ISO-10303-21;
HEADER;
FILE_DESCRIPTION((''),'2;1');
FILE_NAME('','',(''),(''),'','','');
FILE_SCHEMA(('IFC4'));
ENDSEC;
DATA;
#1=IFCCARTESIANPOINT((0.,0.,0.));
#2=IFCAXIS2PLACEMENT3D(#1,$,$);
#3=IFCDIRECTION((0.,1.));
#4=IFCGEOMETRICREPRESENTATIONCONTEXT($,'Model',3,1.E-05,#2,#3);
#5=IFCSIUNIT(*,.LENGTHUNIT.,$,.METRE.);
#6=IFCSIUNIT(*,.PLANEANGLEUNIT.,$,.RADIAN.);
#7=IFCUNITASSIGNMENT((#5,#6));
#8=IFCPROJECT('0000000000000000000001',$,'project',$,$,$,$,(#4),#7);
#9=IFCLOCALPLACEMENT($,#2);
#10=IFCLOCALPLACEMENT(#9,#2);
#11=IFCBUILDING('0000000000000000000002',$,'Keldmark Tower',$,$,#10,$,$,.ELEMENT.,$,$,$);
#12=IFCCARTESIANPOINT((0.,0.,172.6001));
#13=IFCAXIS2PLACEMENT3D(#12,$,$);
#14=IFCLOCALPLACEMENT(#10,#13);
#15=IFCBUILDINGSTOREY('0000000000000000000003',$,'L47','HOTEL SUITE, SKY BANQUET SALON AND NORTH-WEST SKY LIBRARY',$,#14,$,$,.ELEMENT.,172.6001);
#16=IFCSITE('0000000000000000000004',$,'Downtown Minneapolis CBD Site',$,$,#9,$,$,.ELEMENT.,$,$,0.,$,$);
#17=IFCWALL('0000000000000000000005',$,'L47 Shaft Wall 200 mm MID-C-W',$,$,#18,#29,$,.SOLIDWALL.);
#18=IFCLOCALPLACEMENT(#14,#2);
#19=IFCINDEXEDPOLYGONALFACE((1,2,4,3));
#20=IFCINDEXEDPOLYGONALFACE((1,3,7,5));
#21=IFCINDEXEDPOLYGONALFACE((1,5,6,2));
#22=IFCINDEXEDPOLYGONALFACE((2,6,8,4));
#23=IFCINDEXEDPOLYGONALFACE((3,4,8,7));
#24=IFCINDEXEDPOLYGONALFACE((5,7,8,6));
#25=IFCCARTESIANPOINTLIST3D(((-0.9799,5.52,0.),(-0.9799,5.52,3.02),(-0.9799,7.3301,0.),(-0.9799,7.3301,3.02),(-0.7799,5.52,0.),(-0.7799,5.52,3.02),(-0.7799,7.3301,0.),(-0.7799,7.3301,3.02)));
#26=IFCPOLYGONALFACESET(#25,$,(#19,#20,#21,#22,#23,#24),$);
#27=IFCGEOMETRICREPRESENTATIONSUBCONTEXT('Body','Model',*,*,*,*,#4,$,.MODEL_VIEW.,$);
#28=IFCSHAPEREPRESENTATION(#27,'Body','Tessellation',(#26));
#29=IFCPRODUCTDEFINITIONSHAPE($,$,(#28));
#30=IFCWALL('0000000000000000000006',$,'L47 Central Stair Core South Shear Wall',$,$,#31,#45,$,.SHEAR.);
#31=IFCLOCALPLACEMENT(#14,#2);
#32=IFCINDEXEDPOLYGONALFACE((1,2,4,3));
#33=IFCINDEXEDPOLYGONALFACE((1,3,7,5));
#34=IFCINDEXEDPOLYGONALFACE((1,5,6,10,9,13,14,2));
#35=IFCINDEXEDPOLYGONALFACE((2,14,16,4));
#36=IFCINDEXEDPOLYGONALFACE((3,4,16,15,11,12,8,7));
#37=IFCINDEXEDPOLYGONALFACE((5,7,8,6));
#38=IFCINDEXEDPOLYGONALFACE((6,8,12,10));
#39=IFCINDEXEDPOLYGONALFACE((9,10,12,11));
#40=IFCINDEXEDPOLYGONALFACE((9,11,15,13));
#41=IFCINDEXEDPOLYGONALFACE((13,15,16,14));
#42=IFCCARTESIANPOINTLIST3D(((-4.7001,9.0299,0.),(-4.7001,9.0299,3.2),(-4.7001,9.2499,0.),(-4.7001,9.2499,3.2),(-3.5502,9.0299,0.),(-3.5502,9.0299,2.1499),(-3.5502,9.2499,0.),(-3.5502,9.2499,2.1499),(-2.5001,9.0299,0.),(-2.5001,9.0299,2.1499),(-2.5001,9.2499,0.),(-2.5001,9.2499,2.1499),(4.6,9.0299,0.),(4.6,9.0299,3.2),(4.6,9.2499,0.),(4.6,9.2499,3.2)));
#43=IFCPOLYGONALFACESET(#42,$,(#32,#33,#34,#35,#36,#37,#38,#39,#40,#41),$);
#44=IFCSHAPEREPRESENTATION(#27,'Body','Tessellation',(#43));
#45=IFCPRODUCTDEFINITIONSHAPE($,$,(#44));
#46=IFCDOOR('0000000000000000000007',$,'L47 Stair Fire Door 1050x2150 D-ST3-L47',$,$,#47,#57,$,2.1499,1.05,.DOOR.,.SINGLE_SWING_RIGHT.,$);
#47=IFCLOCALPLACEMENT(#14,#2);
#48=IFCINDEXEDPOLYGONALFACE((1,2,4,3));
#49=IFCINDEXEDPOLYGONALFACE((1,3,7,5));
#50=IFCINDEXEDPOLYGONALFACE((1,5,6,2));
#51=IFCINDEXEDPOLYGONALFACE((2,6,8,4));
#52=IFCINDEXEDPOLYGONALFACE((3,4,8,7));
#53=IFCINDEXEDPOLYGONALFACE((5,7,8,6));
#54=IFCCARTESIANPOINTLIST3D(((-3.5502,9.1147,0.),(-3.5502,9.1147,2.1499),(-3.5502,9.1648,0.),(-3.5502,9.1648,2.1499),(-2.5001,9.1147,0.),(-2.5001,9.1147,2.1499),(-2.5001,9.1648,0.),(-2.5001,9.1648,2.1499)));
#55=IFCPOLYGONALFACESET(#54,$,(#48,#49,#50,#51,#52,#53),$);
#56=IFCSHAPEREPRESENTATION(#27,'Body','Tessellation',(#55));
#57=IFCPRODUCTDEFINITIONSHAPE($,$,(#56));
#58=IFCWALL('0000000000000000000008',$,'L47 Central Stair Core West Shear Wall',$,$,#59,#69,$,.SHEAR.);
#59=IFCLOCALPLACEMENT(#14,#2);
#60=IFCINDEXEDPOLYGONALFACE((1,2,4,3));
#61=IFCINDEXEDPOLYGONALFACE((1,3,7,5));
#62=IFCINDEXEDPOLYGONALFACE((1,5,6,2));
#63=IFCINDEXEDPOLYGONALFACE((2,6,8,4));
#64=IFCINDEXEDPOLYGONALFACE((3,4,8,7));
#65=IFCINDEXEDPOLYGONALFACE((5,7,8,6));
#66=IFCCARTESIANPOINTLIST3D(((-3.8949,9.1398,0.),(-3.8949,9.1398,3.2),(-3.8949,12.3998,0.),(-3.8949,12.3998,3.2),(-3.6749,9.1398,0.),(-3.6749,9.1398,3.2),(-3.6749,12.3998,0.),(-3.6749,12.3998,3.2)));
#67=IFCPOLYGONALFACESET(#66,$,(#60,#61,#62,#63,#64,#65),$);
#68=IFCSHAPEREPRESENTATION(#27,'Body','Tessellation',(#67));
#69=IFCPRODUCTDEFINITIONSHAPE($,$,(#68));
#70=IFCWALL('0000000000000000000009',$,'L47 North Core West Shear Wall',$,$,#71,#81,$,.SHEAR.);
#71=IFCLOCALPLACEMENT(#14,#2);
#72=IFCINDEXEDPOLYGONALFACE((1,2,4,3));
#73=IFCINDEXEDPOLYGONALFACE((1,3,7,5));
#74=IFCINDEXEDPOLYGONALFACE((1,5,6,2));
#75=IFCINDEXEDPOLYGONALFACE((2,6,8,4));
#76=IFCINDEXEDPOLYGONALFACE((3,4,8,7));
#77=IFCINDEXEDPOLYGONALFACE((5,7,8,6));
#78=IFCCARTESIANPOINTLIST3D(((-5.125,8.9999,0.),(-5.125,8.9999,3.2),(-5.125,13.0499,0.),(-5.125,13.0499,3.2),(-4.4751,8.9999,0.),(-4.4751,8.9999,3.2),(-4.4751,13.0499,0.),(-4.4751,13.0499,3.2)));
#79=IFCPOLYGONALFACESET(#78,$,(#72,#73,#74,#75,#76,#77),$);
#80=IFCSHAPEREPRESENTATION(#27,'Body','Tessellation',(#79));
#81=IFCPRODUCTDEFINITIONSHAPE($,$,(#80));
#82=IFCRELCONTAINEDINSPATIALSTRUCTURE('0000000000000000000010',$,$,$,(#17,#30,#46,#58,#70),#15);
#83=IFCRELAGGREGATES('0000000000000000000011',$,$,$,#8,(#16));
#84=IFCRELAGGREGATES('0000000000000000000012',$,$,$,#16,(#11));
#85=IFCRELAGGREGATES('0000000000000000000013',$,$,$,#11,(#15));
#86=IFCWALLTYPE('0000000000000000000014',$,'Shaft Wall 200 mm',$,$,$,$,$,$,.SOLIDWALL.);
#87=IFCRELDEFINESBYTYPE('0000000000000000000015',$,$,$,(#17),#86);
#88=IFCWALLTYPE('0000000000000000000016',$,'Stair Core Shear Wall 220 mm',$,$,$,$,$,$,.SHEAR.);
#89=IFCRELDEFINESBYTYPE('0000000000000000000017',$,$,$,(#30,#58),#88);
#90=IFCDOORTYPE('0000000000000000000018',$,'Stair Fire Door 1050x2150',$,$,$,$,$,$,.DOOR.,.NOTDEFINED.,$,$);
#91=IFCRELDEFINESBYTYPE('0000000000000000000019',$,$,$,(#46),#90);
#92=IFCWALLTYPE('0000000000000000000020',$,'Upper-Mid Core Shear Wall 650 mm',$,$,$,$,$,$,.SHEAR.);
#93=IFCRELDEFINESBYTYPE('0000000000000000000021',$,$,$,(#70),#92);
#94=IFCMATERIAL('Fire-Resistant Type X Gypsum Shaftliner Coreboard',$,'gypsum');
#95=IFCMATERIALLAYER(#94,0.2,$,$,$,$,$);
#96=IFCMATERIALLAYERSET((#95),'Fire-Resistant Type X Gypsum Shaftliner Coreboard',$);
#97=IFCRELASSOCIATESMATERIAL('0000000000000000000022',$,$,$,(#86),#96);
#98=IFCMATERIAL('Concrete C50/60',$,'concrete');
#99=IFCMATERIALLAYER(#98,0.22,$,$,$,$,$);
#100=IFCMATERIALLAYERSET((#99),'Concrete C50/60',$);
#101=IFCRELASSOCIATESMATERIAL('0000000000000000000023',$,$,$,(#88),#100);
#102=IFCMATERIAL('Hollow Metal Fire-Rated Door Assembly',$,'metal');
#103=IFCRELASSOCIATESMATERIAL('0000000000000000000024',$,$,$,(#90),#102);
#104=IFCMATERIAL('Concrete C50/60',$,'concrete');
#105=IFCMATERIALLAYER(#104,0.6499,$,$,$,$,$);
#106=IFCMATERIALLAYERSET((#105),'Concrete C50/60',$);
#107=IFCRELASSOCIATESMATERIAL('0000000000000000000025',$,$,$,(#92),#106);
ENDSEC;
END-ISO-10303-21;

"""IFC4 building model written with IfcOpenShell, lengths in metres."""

from ifc_helpers import new_model, si_unit, direction, frame, frame_2d, origin, place, context, subcontext, project, spatial, rectangle, extrude, material, layer, layer_set, type_object, element, fill, save


model = new_model("IFC4")

# Units and contexts
model_context = context("Model", 3, precision=1e-05, world=origin(), true_north=direction((0.0, 1.0)))
body_context = subcontext(model_context, "Body", "Model", "MODEL_VIEW")
ifc_project = project(units=[si_unit("LENGTHUNIT", "METRE"), si_unit("PLANEANGLEUNIT", "RADIAN")], contexts=[model_context])

# Site, building, storey
site_placement = place(None, origin())
site = spatial("IfcSite", under=ifc_project, at=site_placement, Name="Downtown Minneapolis CBD Site", CompositionType="ELEMENT", RefElevation=0.0)
building_placement = place(site_placement, origin())
building = spatial("IfcBuilding", under=site, at=building_placement, Name="Keldmark Tower", CompositionType="ELEMENT")
storey_placement = place(building_placement, frame((0.0, 0.0, 172.6001)))
storey = spatial("IfcBuildingStorey", under=building, at=storey_placement, Name="L47", Description="HOTEL SUITE, SKY BANQUET SALON AND NORTH-WEST SKY LIBRARY", CompositionType="ELEMENT", Elevation=172.6001)

# Shared definitions
ifc_material_1 = material(Name="Fire-Resistant Type X Gypsum Shaftliner Coreboard", Category="gypsum")
ifc_layer_1 = layer(ifc_material_1, 0.2)
ifc_layer_set_1 = layer_set([ifc_layer_1], Name="Fire-Resistant Type X Gypsum Shaftliner Coreboard")
wall_type_1 = type_object("IfcWallType", Name="Shaft Wall 200 mm", PredefinedType="SOLIDWALL", material=ifc_layer_set_1)

# Wall
for number, where, z_axis, x_axis, name in (
    (1, (-0.8799, 5.52, 0.0), (0.0, 0.0, 1.0), (0.0, 1.0, 0.0), "L47 Shaft Wall 200 mm MID-C-W"),
):
    element("IfcWall", number, at=place(storey_placement, frame(where, z_axis=z_axis, x_axis=x_axis)), inside=storey, type_object=wall_type_1, Name=name, PredefinedType="SOLIDWALL", context=body_context, shape_type="SweptSolid", body=[
        extrude(rectangle(XDim=1.8101, YDim=0.2, at=frame_2d((0.905, 0.0))), origin(), (0.0, 0.0, 1.0), 3.02),
    ])

# Wall, opening, door
ifc_material_2 = material(Name="Concrete C50/60", Category="concrete")
ifc_layer_2 = layer(ifc_material_2, 0.22)
ifc_layer_set_2 = layer_set([ifc_layer_2], Name="Concrete C50/60")
wall_type_2 = type_object("IfcWallType", Name="Stair Core Shear Wall 220 mm", PredefinedType="SHEAR", material=ifc_layer_set_2)
wall_1_placement = place(storey_placement, frame((-4.7, 9.1399, 0.0), z_axis=(0.0, 0.0, 1.0), x_axis=(1.0, 0.0, 0.0)))
wall_1 = element("IfcWall", 2, at=wall_1_placement, inside=storey, type_object=wall_type_2, Name="L47 Central Stair Core South Shear Wall", PredefinedType="SHEAR", context=body_context, shape_type="SweptSolid", body=[
    extrude(rectangle(XDim=9.3, YDim=0.22, at=frame_2d((4.6499, 0.0))), origin(), (0.0, 0.0, 1.0), 3.2),
])
opening_1_placement = place(wall_1_placement, frame((1.1499, 0.0, 0.0)))
opening_1 = element("IfcOpeningElement", 3, at=opening_1_placement, cuts=wall_1, PredefinedType="OPENING", context=body_context, shape_type="SweptSolid", body=[
    extrude(rectangle(XDim=1.05, YDim=2.1499, at=frame_2d((0.5249, 1.075))), frame((0.0, 0.1199, 0.0), z_axis=(0.0, -1.0, 0.0), x_axis=(1.0, 0.0, 0.0)), (0.0, 0.0, 1.0), 0.24),
])
ifc_material_3 = material(Name="Hollow Metal Fire-Rated Door Assembly", Category="metal")
door_type_1 = type_object("IfcDoorType", Name="Stair Fire Door 1050x2150", OperationType="NOTDEFINED", PredefinedType="DOOR", material=ifc_material_3)
door_1_placement = place(opening_1_placement, origin())
door_1 = element("IfcDoor", 4, at=door_1_placement, inside=storey, type_object=door_type_1, Name="L47 Stair Fire Door 1050x2150 D-ST3-L47", OperationType="SINGLE_SWING_RIGHT", OverallHeight=2.1499, OverallWidth=1.05, PredefinedType="DOOR", context=body_context, shape_type="SweptSolid", body=[
    extrude(rectangle(XDim=1.05, YDim=2.1499, at=frame_2d((0.5249, 1.075))), frame((0.0, 0.0249, 0.0), z_axis=(0.0, -1.0, 0.0), x_axis=(1.0, 0.0, 0.0)), (0.0, 0.0, 1.0), 0.05),
])
fill(opening_1, door_1)

# Wall
wall_2_placement = place(storey_placement, frame((-3.7849, 9.1399, 0.0), z_axis=(0.0, 0.0, 1.0), x_axis=(0.0, 1.0, 0.0)))
element("IfcWall", 5, at=wall_2_placement, inside=storey, type_object=wall_type_2, Name="L47 Central Stair Core West Shear Wall", PredefinedType="SHEAR", context=body_context, shape_type="SweptSolid", body=[
    extrude(rectangle(XDim=3.26, YDim=0.22, at=frame_2d((1.6299, 0.0))), origin(), (0.0, 0.0, 1.0), 3.2),
])

# Shared definitions
ifc_material_4 = material(Name="Concrete C50/60", Category="concrete")
ifc_layer_3 = layer(ifc_material_4, 0.6499)
ifc_layer_set_3 = layer_set([ifc_layer_3], Name="Concrete C50/60")
wall_type_3 = type_object("IfcWallType", Name="Upper-Mid Core Shear Wall 650 mm", PredefinedType="SHEAR", material=ifc_layer_set_3)

# Wall
wall_3_placement = place(storey_placement, frame((-4.8, 9.0, 0.0), z_axis=(0.0, 0.0, 1.0), x_axis=(0.0, 1.0, 0.0)))
element("IfcWall", 6, at=wall_3_placement, inside=storey, type_object=wall_type_3, Name="L47 North Core West Shear Wall", PredefinedType="SHEAR", context=body_context, shape_type="SweptSolid", body=[
    extrude(rectangle(XDim=4.05, YDim=0.6499, at=frame_2d((2.0249, 0.0))), origin(), (0.0, 0.0, 1.0), 3.2),
])

save(model, "model.ifc")
